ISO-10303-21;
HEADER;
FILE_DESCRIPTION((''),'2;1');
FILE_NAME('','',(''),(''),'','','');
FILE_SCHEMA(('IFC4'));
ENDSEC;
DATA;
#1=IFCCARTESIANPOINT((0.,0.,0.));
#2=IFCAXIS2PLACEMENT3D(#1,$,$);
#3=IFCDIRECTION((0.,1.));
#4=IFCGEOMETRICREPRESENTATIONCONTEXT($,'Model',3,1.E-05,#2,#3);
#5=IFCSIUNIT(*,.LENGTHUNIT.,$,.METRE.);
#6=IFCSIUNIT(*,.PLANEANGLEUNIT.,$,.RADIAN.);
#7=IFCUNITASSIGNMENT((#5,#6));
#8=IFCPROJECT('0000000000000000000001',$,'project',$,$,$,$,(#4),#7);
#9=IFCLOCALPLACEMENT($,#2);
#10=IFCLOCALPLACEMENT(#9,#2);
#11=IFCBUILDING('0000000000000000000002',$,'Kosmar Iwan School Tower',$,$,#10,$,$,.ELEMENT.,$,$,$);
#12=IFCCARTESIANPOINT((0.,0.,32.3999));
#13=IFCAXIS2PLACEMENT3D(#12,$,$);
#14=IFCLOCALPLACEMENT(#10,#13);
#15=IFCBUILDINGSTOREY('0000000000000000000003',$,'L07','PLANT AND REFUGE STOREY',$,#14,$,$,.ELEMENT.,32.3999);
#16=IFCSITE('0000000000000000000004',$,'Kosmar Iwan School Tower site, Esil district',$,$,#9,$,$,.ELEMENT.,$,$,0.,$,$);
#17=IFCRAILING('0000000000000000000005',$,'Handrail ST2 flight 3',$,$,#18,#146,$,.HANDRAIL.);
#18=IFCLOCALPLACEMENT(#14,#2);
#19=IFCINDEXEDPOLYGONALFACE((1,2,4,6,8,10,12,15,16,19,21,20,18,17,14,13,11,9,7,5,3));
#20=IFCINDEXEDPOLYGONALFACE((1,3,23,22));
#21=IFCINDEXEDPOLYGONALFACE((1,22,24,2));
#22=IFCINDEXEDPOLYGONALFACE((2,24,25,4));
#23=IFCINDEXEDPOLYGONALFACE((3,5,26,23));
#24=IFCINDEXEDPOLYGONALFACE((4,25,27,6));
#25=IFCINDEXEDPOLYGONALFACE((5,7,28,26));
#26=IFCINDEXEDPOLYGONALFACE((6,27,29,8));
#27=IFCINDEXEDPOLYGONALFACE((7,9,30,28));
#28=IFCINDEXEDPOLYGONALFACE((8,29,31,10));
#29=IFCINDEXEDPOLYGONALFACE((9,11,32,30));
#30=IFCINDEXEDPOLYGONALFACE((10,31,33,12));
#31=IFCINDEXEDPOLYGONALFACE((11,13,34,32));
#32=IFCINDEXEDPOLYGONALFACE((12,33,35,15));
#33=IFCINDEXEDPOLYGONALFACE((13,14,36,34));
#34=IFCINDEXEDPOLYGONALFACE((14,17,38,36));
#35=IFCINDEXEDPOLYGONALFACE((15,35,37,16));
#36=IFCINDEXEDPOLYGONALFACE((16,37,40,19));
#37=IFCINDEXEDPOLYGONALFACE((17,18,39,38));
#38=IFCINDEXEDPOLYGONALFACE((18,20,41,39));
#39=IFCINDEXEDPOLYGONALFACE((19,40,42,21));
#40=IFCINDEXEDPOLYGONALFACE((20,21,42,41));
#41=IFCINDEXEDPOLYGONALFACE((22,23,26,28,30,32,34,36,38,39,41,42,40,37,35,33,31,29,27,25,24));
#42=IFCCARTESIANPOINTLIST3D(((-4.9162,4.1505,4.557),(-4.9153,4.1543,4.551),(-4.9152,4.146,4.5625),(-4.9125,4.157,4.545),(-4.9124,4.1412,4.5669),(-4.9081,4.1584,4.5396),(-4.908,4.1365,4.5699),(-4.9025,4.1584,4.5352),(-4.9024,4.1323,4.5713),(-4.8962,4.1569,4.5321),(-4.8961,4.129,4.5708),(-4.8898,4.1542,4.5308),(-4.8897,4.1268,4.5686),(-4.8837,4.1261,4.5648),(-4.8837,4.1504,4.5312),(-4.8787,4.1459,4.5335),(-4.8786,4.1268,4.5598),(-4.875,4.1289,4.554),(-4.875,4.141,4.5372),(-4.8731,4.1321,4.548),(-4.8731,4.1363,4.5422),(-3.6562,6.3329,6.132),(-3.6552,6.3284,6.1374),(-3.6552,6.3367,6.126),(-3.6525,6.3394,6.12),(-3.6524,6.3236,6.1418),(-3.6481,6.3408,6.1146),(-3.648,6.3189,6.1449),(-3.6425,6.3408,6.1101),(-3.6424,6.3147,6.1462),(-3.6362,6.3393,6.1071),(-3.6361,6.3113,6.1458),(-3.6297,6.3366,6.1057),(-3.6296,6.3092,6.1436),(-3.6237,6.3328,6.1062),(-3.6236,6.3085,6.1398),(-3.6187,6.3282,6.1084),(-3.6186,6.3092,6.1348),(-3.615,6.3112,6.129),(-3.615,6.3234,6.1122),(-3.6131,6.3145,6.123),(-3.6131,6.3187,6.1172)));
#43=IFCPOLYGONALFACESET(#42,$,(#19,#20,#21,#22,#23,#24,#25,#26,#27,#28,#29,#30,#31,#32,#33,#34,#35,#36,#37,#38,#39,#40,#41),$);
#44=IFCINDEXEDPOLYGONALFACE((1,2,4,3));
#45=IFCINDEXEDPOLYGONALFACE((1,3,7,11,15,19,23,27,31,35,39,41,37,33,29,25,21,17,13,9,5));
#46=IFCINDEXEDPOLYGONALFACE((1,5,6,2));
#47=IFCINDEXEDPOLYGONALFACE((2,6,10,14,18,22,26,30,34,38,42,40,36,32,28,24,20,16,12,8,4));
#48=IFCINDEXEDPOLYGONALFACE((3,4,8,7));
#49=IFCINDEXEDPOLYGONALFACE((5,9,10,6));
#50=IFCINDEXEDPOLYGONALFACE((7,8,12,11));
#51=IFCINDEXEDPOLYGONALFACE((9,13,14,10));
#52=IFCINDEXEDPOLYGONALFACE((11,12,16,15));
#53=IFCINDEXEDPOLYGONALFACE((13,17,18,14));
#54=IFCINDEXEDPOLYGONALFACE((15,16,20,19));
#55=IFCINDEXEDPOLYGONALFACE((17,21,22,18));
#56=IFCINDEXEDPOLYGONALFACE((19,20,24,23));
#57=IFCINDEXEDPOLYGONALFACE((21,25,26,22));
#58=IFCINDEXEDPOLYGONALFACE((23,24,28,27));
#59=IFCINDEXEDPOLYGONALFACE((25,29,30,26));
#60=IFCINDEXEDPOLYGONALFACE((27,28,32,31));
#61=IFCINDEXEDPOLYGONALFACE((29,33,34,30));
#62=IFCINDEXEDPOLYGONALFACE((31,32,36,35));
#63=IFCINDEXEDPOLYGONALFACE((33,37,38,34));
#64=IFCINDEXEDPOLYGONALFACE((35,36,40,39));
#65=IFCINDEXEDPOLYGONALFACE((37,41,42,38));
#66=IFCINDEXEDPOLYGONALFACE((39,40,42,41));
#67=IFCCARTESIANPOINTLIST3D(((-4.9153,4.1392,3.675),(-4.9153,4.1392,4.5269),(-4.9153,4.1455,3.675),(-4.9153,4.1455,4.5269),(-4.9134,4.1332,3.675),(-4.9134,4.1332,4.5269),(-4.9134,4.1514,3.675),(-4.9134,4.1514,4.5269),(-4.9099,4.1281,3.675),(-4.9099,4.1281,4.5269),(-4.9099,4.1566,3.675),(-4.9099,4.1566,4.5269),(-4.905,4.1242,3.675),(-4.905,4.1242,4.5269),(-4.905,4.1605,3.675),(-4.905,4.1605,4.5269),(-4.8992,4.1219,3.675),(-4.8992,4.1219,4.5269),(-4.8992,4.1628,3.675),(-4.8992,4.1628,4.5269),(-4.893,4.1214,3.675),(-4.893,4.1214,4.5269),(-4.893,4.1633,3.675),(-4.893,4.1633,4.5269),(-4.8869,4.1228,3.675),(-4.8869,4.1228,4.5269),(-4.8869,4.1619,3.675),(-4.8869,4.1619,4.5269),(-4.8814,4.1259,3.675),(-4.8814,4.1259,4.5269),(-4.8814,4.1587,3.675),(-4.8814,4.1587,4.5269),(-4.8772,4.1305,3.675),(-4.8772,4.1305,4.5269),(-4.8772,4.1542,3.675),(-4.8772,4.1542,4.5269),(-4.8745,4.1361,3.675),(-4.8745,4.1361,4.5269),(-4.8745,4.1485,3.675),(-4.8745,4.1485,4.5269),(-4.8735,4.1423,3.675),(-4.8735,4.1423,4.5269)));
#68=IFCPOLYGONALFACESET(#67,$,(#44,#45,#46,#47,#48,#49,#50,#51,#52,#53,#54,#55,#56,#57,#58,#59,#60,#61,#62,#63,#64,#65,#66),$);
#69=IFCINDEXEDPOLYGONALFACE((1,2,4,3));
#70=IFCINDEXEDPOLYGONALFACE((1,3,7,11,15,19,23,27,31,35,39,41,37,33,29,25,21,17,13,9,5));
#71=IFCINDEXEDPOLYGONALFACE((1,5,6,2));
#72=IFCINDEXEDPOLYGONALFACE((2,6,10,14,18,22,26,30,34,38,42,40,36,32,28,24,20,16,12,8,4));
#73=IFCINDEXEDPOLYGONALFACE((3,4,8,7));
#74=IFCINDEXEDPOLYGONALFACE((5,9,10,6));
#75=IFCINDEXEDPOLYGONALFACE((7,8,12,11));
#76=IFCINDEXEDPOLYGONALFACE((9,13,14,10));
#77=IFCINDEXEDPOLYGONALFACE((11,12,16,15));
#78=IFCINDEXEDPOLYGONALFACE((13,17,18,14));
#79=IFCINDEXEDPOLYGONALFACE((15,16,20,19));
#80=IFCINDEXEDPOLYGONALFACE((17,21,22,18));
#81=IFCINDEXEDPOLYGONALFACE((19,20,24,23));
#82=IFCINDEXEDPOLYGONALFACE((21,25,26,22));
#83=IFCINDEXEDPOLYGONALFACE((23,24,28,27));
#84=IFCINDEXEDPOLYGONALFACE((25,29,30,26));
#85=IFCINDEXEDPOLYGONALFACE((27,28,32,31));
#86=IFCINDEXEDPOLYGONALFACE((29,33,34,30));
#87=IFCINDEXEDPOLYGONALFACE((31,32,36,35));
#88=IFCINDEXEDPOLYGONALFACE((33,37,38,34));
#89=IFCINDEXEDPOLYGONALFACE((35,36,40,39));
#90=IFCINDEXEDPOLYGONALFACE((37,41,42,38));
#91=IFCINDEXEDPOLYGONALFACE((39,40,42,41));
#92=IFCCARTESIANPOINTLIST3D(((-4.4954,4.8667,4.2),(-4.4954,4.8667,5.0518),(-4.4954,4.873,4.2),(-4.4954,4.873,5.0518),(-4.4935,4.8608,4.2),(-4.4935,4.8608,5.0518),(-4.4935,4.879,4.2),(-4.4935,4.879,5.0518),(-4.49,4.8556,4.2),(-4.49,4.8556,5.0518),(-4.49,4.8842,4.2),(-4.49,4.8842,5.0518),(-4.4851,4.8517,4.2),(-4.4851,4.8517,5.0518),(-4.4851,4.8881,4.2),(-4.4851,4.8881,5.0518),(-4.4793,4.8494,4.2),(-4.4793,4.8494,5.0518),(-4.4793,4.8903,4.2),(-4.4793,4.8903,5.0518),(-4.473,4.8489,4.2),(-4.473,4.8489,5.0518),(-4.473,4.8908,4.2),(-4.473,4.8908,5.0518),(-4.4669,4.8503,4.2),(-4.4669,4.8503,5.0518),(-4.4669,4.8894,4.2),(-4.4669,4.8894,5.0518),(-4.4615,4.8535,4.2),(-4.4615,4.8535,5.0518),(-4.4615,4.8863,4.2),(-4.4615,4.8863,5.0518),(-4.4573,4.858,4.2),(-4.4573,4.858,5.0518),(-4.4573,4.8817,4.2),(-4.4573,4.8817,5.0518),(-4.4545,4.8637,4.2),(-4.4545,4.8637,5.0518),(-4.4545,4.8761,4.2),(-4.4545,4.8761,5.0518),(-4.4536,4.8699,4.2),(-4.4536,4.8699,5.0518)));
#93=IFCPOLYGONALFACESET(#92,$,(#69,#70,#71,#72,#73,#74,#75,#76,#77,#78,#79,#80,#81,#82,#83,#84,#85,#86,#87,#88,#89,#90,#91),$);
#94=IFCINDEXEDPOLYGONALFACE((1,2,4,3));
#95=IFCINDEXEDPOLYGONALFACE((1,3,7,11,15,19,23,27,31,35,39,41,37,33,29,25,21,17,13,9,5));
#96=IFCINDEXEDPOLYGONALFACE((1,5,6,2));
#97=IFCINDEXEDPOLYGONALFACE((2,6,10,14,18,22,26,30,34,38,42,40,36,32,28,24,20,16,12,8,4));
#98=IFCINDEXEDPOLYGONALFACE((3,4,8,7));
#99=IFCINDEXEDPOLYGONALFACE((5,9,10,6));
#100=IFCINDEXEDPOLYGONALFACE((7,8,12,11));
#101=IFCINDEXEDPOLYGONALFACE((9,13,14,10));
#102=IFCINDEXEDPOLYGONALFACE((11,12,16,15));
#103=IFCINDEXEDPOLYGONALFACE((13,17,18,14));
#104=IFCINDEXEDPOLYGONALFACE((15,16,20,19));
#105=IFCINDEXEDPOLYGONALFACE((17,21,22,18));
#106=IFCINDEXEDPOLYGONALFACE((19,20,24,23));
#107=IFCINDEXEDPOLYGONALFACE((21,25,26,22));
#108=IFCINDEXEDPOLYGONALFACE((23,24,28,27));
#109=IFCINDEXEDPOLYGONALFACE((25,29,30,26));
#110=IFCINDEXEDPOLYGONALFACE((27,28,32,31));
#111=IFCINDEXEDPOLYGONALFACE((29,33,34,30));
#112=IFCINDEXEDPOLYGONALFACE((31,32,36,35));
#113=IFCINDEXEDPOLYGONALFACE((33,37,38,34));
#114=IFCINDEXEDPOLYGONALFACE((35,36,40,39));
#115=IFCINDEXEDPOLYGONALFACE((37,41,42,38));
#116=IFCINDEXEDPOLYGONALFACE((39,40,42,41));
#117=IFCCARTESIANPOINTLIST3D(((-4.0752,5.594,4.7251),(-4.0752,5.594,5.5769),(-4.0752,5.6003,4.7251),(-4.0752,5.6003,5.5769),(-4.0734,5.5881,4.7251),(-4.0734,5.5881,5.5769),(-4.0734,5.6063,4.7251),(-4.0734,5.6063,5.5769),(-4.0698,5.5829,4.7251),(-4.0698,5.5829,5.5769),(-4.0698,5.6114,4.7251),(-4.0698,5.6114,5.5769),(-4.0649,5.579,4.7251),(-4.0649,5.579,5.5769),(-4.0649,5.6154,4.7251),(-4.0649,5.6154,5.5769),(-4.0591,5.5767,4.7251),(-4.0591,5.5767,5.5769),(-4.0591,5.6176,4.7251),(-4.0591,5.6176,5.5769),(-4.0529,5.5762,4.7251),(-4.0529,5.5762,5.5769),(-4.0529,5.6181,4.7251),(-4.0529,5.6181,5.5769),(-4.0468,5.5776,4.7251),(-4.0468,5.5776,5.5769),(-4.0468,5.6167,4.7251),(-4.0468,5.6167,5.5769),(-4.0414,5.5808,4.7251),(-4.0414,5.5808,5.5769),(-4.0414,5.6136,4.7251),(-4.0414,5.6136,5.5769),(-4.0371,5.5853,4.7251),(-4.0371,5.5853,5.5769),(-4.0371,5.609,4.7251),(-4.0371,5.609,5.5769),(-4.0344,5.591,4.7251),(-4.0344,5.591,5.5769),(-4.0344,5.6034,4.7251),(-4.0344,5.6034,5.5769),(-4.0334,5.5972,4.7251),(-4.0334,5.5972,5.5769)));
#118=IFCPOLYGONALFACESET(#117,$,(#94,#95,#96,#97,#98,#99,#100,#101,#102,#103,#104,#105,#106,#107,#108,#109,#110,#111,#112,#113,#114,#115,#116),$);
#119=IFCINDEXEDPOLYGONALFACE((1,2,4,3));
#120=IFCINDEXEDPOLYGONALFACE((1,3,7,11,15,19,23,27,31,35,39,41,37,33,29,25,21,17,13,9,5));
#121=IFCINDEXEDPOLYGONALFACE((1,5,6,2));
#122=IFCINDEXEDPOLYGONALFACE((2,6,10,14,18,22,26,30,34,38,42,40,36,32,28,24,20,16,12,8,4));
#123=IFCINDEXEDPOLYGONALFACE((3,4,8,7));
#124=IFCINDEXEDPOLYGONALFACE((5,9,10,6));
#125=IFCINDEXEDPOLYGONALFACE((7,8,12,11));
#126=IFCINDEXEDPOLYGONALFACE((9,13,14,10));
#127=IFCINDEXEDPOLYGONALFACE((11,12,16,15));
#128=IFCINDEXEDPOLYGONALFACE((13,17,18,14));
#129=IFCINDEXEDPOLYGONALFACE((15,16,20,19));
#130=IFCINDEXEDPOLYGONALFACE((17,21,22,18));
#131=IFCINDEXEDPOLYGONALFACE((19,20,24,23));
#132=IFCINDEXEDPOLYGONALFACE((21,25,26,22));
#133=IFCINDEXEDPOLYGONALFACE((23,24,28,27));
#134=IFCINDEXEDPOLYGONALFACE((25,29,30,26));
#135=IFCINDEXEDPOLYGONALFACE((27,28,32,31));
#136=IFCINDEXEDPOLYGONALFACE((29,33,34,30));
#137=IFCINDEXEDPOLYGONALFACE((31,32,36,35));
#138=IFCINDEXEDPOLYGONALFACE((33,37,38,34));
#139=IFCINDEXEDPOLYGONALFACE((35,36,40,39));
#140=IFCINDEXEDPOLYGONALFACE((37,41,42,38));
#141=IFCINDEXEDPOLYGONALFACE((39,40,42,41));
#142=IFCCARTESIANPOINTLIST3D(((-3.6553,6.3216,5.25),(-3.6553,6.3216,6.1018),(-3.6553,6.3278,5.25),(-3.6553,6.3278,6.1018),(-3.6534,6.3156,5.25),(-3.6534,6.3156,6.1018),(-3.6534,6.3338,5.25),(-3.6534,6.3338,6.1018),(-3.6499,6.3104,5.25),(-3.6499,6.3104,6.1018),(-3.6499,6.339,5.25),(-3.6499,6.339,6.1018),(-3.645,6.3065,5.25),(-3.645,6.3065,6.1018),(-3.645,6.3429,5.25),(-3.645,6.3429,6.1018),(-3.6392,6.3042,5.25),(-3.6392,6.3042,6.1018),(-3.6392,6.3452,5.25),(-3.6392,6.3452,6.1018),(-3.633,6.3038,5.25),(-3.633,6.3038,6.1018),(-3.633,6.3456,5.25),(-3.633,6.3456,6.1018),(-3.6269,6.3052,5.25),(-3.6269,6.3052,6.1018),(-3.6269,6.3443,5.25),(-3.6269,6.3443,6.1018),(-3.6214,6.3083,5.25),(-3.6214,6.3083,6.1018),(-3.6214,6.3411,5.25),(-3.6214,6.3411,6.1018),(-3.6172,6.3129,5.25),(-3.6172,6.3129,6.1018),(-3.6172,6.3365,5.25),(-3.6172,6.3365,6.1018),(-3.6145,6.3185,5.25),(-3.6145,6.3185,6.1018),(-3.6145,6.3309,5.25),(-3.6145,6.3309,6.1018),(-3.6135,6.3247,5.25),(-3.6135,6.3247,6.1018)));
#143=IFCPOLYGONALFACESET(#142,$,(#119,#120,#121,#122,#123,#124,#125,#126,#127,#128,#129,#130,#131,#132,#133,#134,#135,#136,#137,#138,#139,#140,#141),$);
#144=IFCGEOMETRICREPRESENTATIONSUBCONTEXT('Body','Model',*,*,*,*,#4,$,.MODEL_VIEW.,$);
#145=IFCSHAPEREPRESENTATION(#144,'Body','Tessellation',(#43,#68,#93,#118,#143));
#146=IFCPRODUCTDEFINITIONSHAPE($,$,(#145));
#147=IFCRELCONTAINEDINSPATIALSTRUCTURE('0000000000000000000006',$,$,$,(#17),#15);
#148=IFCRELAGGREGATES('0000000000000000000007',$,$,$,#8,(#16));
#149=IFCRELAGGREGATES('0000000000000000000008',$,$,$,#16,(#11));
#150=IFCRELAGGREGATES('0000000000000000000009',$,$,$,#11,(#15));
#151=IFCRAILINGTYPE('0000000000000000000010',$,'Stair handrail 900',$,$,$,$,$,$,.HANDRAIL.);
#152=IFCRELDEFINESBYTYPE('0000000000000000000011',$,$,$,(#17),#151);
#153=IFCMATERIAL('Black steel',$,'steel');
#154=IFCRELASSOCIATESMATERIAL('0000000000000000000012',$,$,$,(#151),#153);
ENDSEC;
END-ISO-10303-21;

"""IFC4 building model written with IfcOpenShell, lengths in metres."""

from ifc_helpers import new_model, si_unit, direction, frame, origin, origin_2d, place, context, subcontext, project, spatial, circle, extrude, material, type_object, element, save


model = new_model("IFC4")

# Units and contexts
model_context = context("Model", 3, precision=1e-05, world=origin(), true_north=direction((0.0, 1.0)))
body_context = subcontext(model_context, "Body", "Model", "MODEL_VIEW")
ifc_project = project(units=[si_unit("LENGTHUNIT", "METRE"), si_unit("PLANEANGLEUNIT", "RADIAN")], contexts=[model_context])

# Site, building, storey
site_placement = place(None, origin())
site = spatial("IfcSite", under=ifc_project, at=site_placement, Name="Kosmar Iwan School Tower site, Esil district", CompositionType="ELEMENT", RefElevation=0.0)
building_placement = place(site_placement, origin())
building = spatial("IfcBuilding", under=site, at=building_placement, Name="Kosmar Iwan School Tower", CompositionType="ELEMENT")
storey_placement = place(building_placement, frame((0.0, 0.0, 32.3999)))
storey = spatial("IfcBuildingStorey", under=building, at=storey_placement, Name="L07", Description="PLANT AND REFUGE STOREY", CompositionType="ELEMENT", Elevation=32.3999)

# Railing
ifc_material_1 = material(Name="Black steel", Category="steel")
railing_type = type_object("IfcRailingType", Name="Stair handrail 900", PredefinedType="HANDRAIL", material=ifc_material_1)
railing_1_placement = place(storey_placement, frame((-4.8945, 4.1423, 3.675)))
element("IfcRailing", 1, at=railing_1_placement, inside=storey, type_object=railing_type, Name="Handrail ST2 flight 3", PredefinedType="HANDRAIL", context=body_context, shape_type="SweptSolid", body=[
    extrude(circle(Radius=0.0239, at=origin_2d()), frame((0.0, 0.0, 0.876), z_axis=(0.424007, 0.734392, 0.529988), x_axis=(-0.866023, 0.500005, 0.0)), (0.0, 0.0, 1.0), 2.9717),
    extrude(circle(Radius=0.021, at=origin_2d()), origin(), (0.0, 0.0, 1.0), 0.8518),
    extrude(circle(Radius=0.021, at=origin_2d()), frame((0.4199, 0.7275, 0.5249)), (0.0, 0.0, 1.0), 0.8518),
    extrude(circle(Radius=0.021, at=origin_2d()), frame((0.8401, 1.4548, 1.05)), (0.0, 0.0, 1.0), 0.8518),
    extrude(circle(Radius=0.021, at=origin_2d()), frame((1.26, 2.1824, 1.575)), (0.0, 0.0, 1.0), 0.8518),
])

save(model, "model.ifc")
